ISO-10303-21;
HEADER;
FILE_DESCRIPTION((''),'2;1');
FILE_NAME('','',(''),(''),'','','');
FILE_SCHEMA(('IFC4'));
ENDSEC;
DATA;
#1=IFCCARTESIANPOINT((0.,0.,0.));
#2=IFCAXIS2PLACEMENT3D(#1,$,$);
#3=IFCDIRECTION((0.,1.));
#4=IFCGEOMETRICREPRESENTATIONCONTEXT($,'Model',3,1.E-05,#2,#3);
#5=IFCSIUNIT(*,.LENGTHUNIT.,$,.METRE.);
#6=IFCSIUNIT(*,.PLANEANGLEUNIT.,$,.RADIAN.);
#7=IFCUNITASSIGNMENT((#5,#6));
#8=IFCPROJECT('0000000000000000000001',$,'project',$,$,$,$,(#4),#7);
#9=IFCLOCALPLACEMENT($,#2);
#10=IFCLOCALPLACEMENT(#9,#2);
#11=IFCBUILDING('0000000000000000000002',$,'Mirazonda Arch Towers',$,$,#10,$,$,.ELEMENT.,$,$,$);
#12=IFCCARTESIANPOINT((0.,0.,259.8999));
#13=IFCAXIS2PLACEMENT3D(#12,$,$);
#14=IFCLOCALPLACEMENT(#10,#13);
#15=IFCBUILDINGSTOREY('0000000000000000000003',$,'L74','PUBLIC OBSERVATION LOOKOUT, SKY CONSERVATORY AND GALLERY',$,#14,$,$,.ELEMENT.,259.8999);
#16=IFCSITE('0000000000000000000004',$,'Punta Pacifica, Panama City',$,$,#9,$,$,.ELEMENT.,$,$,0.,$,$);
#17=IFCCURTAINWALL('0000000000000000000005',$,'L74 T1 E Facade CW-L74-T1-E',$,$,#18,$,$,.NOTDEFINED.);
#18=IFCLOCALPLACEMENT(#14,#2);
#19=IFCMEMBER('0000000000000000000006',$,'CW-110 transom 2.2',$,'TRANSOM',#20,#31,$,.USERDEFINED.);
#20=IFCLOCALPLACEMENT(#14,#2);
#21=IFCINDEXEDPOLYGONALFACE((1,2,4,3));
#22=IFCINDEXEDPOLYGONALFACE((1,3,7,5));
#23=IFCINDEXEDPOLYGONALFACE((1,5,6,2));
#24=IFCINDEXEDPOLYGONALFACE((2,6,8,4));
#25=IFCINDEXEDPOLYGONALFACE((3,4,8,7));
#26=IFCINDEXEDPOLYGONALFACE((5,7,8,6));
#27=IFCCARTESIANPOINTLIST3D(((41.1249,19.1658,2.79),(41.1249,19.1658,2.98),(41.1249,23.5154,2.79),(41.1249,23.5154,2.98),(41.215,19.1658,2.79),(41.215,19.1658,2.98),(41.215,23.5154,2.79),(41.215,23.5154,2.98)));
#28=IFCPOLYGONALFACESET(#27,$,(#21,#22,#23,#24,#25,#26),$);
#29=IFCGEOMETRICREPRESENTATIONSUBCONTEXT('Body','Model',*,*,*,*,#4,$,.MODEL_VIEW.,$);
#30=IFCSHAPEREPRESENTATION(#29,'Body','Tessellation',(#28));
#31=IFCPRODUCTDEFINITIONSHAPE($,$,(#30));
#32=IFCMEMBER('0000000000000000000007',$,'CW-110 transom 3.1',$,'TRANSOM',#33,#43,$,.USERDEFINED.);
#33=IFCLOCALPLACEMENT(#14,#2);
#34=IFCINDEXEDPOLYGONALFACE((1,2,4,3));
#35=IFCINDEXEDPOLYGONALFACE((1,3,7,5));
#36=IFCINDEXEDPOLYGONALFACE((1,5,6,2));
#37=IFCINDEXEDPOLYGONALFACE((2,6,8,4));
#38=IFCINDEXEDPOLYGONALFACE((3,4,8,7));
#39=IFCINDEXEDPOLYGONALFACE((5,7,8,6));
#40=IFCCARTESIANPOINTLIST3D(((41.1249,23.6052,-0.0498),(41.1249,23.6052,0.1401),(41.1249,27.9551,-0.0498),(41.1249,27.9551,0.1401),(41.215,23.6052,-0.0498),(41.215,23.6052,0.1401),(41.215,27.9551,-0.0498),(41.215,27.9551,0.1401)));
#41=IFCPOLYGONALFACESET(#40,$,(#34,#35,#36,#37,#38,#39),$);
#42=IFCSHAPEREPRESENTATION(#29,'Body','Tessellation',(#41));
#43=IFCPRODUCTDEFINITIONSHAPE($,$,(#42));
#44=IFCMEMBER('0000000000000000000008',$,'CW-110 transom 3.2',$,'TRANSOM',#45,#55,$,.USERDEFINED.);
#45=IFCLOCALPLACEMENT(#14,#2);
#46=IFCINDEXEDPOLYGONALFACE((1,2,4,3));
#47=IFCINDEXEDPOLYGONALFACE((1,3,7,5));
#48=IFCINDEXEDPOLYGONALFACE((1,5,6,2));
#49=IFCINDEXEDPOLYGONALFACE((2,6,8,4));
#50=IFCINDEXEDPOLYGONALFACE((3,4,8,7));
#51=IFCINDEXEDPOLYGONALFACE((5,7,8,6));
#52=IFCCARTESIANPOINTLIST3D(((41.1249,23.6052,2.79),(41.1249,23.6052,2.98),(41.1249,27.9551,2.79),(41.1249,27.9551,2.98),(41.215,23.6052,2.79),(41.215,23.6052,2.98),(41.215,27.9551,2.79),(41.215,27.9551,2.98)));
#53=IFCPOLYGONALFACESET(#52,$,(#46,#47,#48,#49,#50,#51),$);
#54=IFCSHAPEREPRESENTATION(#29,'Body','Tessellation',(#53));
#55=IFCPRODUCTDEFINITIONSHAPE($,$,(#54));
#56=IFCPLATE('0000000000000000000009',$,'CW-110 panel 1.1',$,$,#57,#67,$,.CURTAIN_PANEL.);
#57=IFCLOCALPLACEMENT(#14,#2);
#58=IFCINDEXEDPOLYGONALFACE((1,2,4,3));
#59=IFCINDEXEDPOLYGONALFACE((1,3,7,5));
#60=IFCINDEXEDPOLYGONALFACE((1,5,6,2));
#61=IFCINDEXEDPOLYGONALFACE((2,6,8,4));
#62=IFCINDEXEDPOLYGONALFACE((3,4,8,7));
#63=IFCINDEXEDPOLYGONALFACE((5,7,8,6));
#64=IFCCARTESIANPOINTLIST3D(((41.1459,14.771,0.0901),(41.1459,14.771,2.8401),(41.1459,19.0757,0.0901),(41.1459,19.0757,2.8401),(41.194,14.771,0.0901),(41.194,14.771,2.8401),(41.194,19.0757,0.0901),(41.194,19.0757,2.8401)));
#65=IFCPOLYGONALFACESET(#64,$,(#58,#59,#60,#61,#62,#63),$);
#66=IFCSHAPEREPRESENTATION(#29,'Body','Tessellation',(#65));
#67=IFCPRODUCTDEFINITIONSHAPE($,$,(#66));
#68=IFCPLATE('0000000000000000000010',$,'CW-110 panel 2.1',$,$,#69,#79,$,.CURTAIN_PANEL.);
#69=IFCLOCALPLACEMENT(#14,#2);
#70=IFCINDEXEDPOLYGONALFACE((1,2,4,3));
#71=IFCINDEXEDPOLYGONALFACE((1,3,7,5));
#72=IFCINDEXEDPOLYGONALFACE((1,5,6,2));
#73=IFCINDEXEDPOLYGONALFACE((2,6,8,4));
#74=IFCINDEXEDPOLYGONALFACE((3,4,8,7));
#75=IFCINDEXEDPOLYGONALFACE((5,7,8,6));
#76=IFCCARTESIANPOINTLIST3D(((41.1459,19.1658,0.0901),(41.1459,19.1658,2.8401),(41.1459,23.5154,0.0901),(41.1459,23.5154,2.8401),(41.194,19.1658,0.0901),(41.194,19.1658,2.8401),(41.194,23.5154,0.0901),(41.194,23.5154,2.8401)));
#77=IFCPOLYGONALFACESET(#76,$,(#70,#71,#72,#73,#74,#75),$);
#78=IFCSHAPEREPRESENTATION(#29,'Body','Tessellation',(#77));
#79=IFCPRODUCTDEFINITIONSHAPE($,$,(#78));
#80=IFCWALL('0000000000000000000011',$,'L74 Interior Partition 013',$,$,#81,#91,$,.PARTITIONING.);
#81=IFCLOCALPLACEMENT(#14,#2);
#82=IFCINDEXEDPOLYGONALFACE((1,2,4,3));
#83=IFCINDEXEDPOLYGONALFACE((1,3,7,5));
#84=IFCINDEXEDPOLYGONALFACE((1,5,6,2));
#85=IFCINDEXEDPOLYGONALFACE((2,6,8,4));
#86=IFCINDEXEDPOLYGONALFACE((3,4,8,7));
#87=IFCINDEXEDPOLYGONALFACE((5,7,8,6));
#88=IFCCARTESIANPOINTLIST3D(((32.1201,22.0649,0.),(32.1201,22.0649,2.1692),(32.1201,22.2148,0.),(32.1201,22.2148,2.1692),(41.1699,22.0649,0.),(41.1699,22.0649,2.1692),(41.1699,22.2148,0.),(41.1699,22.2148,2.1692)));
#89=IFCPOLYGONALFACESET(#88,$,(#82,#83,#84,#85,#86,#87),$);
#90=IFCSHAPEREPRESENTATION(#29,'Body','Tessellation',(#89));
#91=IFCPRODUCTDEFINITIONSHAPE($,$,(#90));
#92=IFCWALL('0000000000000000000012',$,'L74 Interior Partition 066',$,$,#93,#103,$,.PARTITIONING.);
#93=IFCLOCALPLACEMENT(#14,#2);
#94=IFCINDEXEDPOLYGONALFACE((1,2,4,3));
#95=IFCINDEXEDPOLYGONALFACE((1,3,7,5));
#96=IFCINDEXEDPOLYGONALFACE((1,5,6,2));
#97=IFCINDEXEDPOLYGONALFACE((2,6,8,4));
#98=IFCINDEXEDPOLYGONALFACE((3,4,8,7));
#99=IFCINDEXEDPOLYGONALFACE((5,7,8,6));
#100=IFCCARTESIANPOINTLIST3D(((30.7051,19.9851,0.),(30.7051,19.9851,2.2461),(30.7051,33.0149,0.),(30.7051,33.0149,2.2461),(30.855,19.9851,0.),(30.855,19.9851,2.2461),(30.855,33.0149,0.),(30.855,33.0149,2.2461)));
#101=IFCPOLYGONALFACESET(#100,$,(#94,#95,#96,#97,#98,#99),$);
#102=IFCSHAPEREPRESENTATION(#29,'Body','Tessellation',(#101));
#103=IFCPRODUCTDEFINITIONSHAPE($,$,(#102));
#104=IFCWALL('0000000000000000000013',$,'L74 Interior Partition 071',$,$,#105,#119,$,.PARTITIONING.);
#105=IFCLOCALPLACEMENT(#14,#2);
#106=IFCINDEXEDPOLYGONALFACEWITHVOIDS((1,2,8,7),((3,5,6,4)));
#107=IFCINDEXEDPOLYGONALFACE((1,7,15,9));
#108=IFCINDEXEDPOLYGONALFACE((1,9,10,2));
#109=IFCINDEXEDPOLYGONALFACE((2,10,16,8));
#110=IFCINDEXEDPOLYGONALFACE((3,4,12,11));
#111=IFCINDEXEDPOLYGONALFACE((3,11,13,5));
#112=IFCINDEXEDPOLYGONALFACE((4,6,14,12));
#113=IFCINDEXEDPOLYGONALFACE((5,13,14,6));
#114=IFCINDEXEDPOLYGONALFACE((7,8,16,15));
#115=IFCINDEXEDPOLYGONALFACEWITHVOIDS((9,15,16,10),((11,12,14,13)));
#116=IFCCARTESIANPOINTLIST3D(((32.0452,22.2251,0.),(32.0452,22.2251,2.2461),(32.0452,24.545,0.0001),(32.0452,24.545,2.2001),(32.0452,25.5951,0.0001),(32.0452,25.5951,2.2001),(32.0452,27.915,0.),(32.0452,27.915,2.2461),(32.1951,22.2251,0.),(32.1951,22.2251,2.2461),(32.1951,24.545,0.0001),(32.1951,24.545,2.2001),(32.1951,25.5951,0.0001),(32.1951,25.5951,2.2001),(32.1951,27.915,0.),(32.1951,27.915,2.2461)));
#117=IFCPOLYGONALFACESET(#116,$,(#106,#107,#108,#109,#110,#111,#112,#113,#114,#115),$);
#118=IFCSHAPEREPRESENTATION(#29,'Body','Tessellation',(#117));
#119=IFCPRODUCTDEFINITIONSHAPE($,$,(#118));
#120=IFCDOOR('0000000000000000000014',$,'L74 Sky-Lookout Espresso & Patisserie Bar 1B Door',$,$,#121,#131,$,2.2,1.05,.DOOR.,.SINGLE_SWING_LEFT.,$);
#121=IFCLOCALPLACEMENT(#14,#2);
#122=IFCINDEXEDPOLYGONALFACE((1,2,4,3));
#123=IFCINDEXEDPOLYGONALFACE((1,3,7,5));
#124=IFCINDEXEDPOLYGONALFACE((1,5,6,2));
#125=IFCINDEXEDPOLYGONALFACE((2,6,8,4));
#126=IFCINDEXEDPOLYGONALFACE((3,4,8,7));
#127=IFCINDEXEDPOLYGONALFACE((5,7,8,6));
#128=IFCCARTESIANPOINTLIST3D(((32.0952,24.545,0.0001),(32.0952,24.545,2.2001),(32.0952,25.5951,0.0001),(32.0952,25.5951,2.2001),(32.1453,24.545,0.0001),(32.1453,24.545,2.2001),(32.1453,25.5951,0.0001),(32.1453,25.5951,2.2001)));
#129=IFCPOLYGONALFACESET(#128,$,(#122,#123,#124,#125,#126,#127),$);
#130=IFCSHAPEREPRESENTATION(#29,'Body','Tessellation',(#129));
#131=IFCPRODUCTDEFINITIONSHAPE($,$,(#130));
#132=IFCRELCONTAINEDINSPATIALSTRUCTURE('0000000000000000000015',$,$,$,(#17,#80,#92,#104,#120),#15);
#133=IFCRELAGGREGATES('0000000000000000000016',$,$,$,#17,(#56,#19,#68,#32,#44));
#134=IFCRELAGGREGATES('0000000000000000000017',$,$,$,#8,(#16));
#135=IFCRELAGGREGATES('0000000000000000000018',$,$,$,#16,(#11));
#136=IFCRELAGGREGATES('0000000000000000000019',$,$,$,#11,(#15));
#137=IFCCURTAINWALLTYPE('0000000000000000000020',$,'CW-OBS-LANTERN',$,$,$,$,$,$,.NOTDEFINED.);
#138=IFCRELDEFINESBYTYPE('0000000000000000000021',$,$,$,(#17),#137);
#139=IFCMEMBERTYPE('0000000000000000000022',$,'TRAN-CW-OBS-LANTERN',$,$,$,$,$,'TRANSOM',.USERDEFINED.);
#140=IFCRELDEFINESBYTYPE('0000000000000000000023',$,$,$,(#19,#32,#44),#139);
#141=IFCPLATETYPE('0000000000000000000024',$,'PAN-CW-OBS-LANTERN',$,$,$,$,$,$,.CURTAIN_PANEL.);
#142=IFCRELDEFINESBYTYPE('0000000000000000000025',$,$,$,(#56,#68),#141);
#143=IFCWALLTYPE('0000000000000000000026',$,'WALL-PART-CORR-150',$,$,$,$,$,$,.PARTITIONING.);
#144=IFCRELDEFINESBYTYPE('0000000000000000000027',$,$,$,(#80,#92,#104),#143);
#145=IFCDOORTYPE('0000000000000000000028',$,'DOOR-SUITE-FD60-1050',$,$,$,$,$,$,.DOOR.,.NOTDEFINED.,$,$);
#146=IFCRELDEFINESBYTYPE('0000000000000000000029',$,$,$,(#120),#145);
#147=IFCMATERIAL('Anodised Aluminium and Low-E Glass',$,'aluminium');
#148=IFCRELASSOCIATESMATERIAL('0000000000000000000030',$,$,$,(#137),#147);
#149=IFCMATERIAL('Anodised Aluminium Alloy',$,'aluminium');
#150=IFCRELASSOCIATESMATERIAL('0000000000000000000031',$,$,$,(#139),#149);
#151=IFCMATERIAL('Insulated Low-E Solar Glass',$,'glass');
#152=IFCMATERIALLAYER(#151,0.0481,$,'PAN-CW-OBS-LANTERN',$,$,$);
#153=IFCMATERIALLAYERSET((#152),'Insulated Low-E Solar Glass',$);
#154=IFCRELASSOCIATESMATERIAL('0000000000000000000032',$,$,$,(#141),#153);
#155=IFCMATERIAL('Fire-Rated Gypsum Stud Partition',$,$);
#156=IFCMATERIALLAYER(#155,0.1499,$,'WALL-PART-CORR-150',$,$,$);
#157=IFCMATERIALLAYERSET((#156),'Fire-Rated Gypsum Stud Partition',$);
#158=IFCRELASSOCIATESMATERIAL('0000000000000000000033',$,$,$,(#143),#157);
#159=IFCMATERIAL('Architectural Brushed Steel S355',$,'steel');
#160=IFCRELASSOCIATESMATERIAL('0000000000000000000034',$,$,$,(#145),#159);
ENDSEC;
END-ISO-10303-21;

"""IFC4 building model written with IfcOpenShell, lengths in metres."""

from ifc_helpers import new_model, si_unit, direction, frame, frame_2d, origin, origin_2d, place, context, subcontext, project, spatial, rectangle, extrude, material, layer, layer_set, material_profile, profile_set, type_object, element, fill, aggregate, save


model = new_model("IFC4")

# Units and contexts
model_context = context("Model", 3, precision=1e-05, world=origin(), true_north=direction((0.0, 1.0)))
body_context = subcontext(model_context, "Body", "Model", "MODEL_VIEW")
ifc_project = project(units=[si_unit("LENGTHUNIT", "METRE"), si_unit("PLANEANGLEUNIT", "RADIAN")], contexts=[model_context])

# Site, building, storey
site_placement = place(None, origin())
site = spatial("IfcSite", under=ifc_project, at=site_placement, Name="Punta Pacifica, Panama City", CompositionType="ELEMENT", RefElevation=0.0)
building_placement = place(site_placement, origin())
building = spatial("IfcBuilding", under=site, at=building_placement, Name="Mirazonda Arch Towers", CompositionType="ELEMENT")
storey_placement = place(building_placement, frame((0.0, 0.0, 259.8999)))
storey = spatial("IfcBuildingStorey", under=building, at=storey_placement, Name="L74", Description="PUBLIC OBSERVATION LOOKOUT, SKY CONSERVATORY AND GALLERY", CompositionType="ELEMENT", Elevation=259.8999)

# Curtain wall, members, plates
ifc_material_1 = material(Name="Anodised Aluminium and Low-E Glass", Category="aluminium")
curtain_wall_type = type_object("IfcCurtainWallType", Name="CW-OBS-LANTERN", PredefinedType="NOTDEFINED", material=ifc_material_1)
curtain_wall_placement = place(storey_placement, origin())
curtain_wall = element("IfcCurtainWall", 1, at=curtain_wall_placement, inside=storey, type_object=curtain_wall_type, Name="L74 T1 E Facade CW-L74-T1-E", PredefinedType="NOTDEFINED")
ifc_material_2 = material(Name="Anodised Aluminium Alloy", Category="aluminium")
ifc_material_profile_1 = material_profile(ifc_material_2, rectangle(XDim=0.0901, YDim=0.1899, at=origin_2d()), Name="ALU-TRAN-90x190")
ifc_profile_set_1 = profile_set([ifc_material_profile_1], Name="Anodised Aluminium Alloy")
member_type_1 = type_object("IfcMemberType", Name="TRAN-CW-OBS-LANTERN", ElementType="TRANSOM", PredefinedType="USERDEFINED", material=ifc_profile_set_1)
member_1_placement = place(storey_placement, frame((41.1699, 19.1658, 2.885), z_axis=(0.0, 1.0, 0.0), x_axis=(-1.0, 0.0, 0.0)))
member_1 = element("IfcMember", 2, at=member_1_placement, type_object=member_type_1, Name="CW-110 transom 2.2", ObjectType="TRANSOM", PredefinedType="USERDEFINED", context=body_context, shape_type="SweptSolid", body=[
    extrude(rectangle(XDim=0.0901, YDim=0.1899, at=origin_2d()), origin(), (0.0, 0.0, 1.0), 4.3496),
])
member_2_placement = place(storey_placement, frame((41.1699, 23.6052, 0.0452), z_axis=(0.0, 1.0, 0.0), x_axis=(-1.0, 0.0, 0.0)))
member_2 = element("IfcMember", 3, at=member_2_placement, type_object=member_type_1, Name="CW-110 transom 3.1", ObjectType="TRANSOM", PredefinedType="USERDEFINED", context=body_context, shape_type="SweptSolid", body=[
    extrude(rectangle(XDim=0.0901, YDim=0.1899, at=origin_2d()), origin(), (0.0, 0.0, 1.0), 4.3499),
])
member_3_placement = place(storey_placement, frame((41.1699, 23.6052, 2.885), z_axis=(0.0, 1.0, 0.0), x_axis=(-1.0, 0.0, 0.0)))
member_3 = element("IfcMember", 4, at=member_3_placement, type_object=member_type_1, Name="CW-110 transom 3.2", ObjectType="TRANSOM", PredefinedType="USERDEFINED", context=body_context, shape_type="SweptSolid", body=[
    extrude(rectangle(XDim=0.0901, YDim=0.1899, at=origin_2d()), origin(), (0.0, 0.0, 1.0), 4.3499),
])
ifc_material_3 = material(Name="Insulated Low-E Solar Glass", Category="glass")
ifc_layer_1 = layer(ifc_material_3, 0.0481, Name="PAN-CW-OBS-LANTERN")
ifc_layer_set_1 = layer_set([ifc_layer_1], Name="Insulated Low-E Solar Glass")
plate_type = type_object("IfcPlateType", Name="PAN-CW-OBS-LANTERN", PredefinedType="CURTAIN_PANEL", material=ifc_layer_set_1)
plate_1_placement = place(storey_placement, frame((41.1699, 16.9233, 0.0901), z_axis=(0.0, 0.0, 1.0), x_axis=(0.0, 1.0, 0.0)))
plate_1 = element("IfcPlate", 5, at=plate_1_placement, type_object=plate_type, Name="CW-110 panel 1.1", PredefinedType="CURTAIN_PANEL", context=body_context, shape_type="SweptSolid", body=[
    extrude(rectangle(XDim=4.3047, YDim=0.0481, at=origin_2d()), origin(), (0.0, 0.0, 1.0), 2.75),
])
plate_2_placement = place(storey_placement, frame((41.1699, 21.3406, 0.0901), z_axis=(0.0, 0.0, 1.0), x_axis=(0.0, 1.0, 0.0)))
plate_2 = element("IfcPlate", 6, at=plate_2_placement, type_object=plate_type, Name="CW-110 panel 2.1", PredefinedType="CURTAIN_PANEL", context=body_context, shape_type="SweptSolid", body=[
    extrude(rectangle(XDim=4.3496, YDim=0.0481, at=origin_2d()), origin(), (0.0, 0.0, 1.0), 2.75),
])
aggregate(curtain_wall, [plate_1, member_1, plate_2, member_2, member_3])

# Walls
ifc_material_4 = material(Name="Fire-Rated Gypsum Stud Partition")
ifc_layer_2 = layer(ifc_material_4, 0.1499, Name="WALL-PART-CORR-150")
ifc_layer_set_2 = layer_set([ifc_layer_2], Name="Fire-Rated Gypsum Stud Partition")
wall_type = type_object("IfcWallType", Name="WALL-PART-CORR-150", PredefinedType="PARTITIONING", material=ifc_layer_set_2)
wall_1_placement = place(storey_placement, frame((32.1201, 22.1399, 0.0), z_axis=(0.0, 0.0, 1.0), x_axis=(1.0, 0.0, 0.0)))
element("IfcWall", 7, at=wall_1_placement, inside=storey, type_object=wall_type, Name="L74 Interior Partition 013", PredefinedType="PARTITIONING", context=body_context, shape_type="SweptSolid", body=[
    extrude(rectangle(XDim=9.0498, YDim=0.1499, at=frame_2d((4.5249, 0.0))), origin(), (0.0, 0.0, 1.0), 2.1692),
])
wall_2_placement = place(storey_placement, frame((30.78, 19.9851, 0.0), z_axis=(0.0, 0.0, 1.0), x_axis=(0.0, 1.0, 0.0)))
element("IfcWall", 8, at=wall_2_placement, inside=storey, type_object=wall_type, Name="L74 Interior Partition 066", PredefinedType="PARTITIONING", context=body_context, shape_type="SweptSolid", body=[
    extrude(rectangle(XDim=13.0298, YDim=0.1499, at=frame_2d((6.5149, 0.0))), origin(), (0.0, 0.0, 1.0), 2.2461),
])

# Wall, opening, door
wall_3_placement = place(storey_placement, frame((32.1201, 22.2251, 0.0), z_axis=(0.0, 0.0, 1.0), x_axis=(0.0, 1.0, 0.0)))
wall_3 = element("IfcWall", 9, at=wall_3_placement, inside=storey, type_object=wall_type, Name="L74 Interior Partition 071", PredefinedType="PARTITIONING", context=body_context, shape_type="SweptSolid", body=[
    extrude(rectangle(XDim=5.6899, YDim=0.1499, at=frame_2d((2.845, 0.0))), origin(), (0.0, 0.0, 1.0), 2.2461),
])
opening_placement = place(wall_3_placement, frame((2.3201, 0.0, 0.0)))
opening = element("IfcOpeningElement", 10, at=opening_placement, cuts=wall_3, PredefinedType="OPENING", context=body_context, shape_type="SweptSolid", body=[
    extrude(rectangle(XDim=1.05, YDim=2.2, at=frame_2d((0.5249, 1.1001))), frame((0.0, 0.085, 0.0), z_axis=(0.0, -1.0, 0.0), x_axis=(1.0, 0.0, 0.0)), (0.0, 0.0, 1.0), 0.1699),
])
ifc_material_5 = material(Name="Architectural Brushed Steel S355", Category="steel")
door_type = type_object("IfcDoorType", Name="DOOR-SUITE-FD60-1050", OperationType="NOTDEFINED", PredefinedType="DOOR", material=ifc_material_5)
door_placement = place(opening_placement, origin())
door = element("IfcDoor", 11, at=door_placement, inside=storey, type_object=door_type, Name="L74 Sky-Lookout Espresso & Patisserie Bar 1B Door", OperationType="SINGLE_SWING_LEFT", OverallHeight=2.2, OverallWidth=1.05, PredefinedType="DOOR", context=body_context, shape_type="SweptSolid", body=[
    extrude(rectangle(XDim=1.05, YDim=2.2, at=frame_2d((0.5249, 1.1001))), frame((0.0, 0.0249, 0.0), z_axis=(0.0, -1.0, 0.0), x_axis=(1.0, 0.0, 0.0)), (0.0, 0.0, 1.0), 0.05),
])
fill(opening, door)

save(model, "model.ifc")
